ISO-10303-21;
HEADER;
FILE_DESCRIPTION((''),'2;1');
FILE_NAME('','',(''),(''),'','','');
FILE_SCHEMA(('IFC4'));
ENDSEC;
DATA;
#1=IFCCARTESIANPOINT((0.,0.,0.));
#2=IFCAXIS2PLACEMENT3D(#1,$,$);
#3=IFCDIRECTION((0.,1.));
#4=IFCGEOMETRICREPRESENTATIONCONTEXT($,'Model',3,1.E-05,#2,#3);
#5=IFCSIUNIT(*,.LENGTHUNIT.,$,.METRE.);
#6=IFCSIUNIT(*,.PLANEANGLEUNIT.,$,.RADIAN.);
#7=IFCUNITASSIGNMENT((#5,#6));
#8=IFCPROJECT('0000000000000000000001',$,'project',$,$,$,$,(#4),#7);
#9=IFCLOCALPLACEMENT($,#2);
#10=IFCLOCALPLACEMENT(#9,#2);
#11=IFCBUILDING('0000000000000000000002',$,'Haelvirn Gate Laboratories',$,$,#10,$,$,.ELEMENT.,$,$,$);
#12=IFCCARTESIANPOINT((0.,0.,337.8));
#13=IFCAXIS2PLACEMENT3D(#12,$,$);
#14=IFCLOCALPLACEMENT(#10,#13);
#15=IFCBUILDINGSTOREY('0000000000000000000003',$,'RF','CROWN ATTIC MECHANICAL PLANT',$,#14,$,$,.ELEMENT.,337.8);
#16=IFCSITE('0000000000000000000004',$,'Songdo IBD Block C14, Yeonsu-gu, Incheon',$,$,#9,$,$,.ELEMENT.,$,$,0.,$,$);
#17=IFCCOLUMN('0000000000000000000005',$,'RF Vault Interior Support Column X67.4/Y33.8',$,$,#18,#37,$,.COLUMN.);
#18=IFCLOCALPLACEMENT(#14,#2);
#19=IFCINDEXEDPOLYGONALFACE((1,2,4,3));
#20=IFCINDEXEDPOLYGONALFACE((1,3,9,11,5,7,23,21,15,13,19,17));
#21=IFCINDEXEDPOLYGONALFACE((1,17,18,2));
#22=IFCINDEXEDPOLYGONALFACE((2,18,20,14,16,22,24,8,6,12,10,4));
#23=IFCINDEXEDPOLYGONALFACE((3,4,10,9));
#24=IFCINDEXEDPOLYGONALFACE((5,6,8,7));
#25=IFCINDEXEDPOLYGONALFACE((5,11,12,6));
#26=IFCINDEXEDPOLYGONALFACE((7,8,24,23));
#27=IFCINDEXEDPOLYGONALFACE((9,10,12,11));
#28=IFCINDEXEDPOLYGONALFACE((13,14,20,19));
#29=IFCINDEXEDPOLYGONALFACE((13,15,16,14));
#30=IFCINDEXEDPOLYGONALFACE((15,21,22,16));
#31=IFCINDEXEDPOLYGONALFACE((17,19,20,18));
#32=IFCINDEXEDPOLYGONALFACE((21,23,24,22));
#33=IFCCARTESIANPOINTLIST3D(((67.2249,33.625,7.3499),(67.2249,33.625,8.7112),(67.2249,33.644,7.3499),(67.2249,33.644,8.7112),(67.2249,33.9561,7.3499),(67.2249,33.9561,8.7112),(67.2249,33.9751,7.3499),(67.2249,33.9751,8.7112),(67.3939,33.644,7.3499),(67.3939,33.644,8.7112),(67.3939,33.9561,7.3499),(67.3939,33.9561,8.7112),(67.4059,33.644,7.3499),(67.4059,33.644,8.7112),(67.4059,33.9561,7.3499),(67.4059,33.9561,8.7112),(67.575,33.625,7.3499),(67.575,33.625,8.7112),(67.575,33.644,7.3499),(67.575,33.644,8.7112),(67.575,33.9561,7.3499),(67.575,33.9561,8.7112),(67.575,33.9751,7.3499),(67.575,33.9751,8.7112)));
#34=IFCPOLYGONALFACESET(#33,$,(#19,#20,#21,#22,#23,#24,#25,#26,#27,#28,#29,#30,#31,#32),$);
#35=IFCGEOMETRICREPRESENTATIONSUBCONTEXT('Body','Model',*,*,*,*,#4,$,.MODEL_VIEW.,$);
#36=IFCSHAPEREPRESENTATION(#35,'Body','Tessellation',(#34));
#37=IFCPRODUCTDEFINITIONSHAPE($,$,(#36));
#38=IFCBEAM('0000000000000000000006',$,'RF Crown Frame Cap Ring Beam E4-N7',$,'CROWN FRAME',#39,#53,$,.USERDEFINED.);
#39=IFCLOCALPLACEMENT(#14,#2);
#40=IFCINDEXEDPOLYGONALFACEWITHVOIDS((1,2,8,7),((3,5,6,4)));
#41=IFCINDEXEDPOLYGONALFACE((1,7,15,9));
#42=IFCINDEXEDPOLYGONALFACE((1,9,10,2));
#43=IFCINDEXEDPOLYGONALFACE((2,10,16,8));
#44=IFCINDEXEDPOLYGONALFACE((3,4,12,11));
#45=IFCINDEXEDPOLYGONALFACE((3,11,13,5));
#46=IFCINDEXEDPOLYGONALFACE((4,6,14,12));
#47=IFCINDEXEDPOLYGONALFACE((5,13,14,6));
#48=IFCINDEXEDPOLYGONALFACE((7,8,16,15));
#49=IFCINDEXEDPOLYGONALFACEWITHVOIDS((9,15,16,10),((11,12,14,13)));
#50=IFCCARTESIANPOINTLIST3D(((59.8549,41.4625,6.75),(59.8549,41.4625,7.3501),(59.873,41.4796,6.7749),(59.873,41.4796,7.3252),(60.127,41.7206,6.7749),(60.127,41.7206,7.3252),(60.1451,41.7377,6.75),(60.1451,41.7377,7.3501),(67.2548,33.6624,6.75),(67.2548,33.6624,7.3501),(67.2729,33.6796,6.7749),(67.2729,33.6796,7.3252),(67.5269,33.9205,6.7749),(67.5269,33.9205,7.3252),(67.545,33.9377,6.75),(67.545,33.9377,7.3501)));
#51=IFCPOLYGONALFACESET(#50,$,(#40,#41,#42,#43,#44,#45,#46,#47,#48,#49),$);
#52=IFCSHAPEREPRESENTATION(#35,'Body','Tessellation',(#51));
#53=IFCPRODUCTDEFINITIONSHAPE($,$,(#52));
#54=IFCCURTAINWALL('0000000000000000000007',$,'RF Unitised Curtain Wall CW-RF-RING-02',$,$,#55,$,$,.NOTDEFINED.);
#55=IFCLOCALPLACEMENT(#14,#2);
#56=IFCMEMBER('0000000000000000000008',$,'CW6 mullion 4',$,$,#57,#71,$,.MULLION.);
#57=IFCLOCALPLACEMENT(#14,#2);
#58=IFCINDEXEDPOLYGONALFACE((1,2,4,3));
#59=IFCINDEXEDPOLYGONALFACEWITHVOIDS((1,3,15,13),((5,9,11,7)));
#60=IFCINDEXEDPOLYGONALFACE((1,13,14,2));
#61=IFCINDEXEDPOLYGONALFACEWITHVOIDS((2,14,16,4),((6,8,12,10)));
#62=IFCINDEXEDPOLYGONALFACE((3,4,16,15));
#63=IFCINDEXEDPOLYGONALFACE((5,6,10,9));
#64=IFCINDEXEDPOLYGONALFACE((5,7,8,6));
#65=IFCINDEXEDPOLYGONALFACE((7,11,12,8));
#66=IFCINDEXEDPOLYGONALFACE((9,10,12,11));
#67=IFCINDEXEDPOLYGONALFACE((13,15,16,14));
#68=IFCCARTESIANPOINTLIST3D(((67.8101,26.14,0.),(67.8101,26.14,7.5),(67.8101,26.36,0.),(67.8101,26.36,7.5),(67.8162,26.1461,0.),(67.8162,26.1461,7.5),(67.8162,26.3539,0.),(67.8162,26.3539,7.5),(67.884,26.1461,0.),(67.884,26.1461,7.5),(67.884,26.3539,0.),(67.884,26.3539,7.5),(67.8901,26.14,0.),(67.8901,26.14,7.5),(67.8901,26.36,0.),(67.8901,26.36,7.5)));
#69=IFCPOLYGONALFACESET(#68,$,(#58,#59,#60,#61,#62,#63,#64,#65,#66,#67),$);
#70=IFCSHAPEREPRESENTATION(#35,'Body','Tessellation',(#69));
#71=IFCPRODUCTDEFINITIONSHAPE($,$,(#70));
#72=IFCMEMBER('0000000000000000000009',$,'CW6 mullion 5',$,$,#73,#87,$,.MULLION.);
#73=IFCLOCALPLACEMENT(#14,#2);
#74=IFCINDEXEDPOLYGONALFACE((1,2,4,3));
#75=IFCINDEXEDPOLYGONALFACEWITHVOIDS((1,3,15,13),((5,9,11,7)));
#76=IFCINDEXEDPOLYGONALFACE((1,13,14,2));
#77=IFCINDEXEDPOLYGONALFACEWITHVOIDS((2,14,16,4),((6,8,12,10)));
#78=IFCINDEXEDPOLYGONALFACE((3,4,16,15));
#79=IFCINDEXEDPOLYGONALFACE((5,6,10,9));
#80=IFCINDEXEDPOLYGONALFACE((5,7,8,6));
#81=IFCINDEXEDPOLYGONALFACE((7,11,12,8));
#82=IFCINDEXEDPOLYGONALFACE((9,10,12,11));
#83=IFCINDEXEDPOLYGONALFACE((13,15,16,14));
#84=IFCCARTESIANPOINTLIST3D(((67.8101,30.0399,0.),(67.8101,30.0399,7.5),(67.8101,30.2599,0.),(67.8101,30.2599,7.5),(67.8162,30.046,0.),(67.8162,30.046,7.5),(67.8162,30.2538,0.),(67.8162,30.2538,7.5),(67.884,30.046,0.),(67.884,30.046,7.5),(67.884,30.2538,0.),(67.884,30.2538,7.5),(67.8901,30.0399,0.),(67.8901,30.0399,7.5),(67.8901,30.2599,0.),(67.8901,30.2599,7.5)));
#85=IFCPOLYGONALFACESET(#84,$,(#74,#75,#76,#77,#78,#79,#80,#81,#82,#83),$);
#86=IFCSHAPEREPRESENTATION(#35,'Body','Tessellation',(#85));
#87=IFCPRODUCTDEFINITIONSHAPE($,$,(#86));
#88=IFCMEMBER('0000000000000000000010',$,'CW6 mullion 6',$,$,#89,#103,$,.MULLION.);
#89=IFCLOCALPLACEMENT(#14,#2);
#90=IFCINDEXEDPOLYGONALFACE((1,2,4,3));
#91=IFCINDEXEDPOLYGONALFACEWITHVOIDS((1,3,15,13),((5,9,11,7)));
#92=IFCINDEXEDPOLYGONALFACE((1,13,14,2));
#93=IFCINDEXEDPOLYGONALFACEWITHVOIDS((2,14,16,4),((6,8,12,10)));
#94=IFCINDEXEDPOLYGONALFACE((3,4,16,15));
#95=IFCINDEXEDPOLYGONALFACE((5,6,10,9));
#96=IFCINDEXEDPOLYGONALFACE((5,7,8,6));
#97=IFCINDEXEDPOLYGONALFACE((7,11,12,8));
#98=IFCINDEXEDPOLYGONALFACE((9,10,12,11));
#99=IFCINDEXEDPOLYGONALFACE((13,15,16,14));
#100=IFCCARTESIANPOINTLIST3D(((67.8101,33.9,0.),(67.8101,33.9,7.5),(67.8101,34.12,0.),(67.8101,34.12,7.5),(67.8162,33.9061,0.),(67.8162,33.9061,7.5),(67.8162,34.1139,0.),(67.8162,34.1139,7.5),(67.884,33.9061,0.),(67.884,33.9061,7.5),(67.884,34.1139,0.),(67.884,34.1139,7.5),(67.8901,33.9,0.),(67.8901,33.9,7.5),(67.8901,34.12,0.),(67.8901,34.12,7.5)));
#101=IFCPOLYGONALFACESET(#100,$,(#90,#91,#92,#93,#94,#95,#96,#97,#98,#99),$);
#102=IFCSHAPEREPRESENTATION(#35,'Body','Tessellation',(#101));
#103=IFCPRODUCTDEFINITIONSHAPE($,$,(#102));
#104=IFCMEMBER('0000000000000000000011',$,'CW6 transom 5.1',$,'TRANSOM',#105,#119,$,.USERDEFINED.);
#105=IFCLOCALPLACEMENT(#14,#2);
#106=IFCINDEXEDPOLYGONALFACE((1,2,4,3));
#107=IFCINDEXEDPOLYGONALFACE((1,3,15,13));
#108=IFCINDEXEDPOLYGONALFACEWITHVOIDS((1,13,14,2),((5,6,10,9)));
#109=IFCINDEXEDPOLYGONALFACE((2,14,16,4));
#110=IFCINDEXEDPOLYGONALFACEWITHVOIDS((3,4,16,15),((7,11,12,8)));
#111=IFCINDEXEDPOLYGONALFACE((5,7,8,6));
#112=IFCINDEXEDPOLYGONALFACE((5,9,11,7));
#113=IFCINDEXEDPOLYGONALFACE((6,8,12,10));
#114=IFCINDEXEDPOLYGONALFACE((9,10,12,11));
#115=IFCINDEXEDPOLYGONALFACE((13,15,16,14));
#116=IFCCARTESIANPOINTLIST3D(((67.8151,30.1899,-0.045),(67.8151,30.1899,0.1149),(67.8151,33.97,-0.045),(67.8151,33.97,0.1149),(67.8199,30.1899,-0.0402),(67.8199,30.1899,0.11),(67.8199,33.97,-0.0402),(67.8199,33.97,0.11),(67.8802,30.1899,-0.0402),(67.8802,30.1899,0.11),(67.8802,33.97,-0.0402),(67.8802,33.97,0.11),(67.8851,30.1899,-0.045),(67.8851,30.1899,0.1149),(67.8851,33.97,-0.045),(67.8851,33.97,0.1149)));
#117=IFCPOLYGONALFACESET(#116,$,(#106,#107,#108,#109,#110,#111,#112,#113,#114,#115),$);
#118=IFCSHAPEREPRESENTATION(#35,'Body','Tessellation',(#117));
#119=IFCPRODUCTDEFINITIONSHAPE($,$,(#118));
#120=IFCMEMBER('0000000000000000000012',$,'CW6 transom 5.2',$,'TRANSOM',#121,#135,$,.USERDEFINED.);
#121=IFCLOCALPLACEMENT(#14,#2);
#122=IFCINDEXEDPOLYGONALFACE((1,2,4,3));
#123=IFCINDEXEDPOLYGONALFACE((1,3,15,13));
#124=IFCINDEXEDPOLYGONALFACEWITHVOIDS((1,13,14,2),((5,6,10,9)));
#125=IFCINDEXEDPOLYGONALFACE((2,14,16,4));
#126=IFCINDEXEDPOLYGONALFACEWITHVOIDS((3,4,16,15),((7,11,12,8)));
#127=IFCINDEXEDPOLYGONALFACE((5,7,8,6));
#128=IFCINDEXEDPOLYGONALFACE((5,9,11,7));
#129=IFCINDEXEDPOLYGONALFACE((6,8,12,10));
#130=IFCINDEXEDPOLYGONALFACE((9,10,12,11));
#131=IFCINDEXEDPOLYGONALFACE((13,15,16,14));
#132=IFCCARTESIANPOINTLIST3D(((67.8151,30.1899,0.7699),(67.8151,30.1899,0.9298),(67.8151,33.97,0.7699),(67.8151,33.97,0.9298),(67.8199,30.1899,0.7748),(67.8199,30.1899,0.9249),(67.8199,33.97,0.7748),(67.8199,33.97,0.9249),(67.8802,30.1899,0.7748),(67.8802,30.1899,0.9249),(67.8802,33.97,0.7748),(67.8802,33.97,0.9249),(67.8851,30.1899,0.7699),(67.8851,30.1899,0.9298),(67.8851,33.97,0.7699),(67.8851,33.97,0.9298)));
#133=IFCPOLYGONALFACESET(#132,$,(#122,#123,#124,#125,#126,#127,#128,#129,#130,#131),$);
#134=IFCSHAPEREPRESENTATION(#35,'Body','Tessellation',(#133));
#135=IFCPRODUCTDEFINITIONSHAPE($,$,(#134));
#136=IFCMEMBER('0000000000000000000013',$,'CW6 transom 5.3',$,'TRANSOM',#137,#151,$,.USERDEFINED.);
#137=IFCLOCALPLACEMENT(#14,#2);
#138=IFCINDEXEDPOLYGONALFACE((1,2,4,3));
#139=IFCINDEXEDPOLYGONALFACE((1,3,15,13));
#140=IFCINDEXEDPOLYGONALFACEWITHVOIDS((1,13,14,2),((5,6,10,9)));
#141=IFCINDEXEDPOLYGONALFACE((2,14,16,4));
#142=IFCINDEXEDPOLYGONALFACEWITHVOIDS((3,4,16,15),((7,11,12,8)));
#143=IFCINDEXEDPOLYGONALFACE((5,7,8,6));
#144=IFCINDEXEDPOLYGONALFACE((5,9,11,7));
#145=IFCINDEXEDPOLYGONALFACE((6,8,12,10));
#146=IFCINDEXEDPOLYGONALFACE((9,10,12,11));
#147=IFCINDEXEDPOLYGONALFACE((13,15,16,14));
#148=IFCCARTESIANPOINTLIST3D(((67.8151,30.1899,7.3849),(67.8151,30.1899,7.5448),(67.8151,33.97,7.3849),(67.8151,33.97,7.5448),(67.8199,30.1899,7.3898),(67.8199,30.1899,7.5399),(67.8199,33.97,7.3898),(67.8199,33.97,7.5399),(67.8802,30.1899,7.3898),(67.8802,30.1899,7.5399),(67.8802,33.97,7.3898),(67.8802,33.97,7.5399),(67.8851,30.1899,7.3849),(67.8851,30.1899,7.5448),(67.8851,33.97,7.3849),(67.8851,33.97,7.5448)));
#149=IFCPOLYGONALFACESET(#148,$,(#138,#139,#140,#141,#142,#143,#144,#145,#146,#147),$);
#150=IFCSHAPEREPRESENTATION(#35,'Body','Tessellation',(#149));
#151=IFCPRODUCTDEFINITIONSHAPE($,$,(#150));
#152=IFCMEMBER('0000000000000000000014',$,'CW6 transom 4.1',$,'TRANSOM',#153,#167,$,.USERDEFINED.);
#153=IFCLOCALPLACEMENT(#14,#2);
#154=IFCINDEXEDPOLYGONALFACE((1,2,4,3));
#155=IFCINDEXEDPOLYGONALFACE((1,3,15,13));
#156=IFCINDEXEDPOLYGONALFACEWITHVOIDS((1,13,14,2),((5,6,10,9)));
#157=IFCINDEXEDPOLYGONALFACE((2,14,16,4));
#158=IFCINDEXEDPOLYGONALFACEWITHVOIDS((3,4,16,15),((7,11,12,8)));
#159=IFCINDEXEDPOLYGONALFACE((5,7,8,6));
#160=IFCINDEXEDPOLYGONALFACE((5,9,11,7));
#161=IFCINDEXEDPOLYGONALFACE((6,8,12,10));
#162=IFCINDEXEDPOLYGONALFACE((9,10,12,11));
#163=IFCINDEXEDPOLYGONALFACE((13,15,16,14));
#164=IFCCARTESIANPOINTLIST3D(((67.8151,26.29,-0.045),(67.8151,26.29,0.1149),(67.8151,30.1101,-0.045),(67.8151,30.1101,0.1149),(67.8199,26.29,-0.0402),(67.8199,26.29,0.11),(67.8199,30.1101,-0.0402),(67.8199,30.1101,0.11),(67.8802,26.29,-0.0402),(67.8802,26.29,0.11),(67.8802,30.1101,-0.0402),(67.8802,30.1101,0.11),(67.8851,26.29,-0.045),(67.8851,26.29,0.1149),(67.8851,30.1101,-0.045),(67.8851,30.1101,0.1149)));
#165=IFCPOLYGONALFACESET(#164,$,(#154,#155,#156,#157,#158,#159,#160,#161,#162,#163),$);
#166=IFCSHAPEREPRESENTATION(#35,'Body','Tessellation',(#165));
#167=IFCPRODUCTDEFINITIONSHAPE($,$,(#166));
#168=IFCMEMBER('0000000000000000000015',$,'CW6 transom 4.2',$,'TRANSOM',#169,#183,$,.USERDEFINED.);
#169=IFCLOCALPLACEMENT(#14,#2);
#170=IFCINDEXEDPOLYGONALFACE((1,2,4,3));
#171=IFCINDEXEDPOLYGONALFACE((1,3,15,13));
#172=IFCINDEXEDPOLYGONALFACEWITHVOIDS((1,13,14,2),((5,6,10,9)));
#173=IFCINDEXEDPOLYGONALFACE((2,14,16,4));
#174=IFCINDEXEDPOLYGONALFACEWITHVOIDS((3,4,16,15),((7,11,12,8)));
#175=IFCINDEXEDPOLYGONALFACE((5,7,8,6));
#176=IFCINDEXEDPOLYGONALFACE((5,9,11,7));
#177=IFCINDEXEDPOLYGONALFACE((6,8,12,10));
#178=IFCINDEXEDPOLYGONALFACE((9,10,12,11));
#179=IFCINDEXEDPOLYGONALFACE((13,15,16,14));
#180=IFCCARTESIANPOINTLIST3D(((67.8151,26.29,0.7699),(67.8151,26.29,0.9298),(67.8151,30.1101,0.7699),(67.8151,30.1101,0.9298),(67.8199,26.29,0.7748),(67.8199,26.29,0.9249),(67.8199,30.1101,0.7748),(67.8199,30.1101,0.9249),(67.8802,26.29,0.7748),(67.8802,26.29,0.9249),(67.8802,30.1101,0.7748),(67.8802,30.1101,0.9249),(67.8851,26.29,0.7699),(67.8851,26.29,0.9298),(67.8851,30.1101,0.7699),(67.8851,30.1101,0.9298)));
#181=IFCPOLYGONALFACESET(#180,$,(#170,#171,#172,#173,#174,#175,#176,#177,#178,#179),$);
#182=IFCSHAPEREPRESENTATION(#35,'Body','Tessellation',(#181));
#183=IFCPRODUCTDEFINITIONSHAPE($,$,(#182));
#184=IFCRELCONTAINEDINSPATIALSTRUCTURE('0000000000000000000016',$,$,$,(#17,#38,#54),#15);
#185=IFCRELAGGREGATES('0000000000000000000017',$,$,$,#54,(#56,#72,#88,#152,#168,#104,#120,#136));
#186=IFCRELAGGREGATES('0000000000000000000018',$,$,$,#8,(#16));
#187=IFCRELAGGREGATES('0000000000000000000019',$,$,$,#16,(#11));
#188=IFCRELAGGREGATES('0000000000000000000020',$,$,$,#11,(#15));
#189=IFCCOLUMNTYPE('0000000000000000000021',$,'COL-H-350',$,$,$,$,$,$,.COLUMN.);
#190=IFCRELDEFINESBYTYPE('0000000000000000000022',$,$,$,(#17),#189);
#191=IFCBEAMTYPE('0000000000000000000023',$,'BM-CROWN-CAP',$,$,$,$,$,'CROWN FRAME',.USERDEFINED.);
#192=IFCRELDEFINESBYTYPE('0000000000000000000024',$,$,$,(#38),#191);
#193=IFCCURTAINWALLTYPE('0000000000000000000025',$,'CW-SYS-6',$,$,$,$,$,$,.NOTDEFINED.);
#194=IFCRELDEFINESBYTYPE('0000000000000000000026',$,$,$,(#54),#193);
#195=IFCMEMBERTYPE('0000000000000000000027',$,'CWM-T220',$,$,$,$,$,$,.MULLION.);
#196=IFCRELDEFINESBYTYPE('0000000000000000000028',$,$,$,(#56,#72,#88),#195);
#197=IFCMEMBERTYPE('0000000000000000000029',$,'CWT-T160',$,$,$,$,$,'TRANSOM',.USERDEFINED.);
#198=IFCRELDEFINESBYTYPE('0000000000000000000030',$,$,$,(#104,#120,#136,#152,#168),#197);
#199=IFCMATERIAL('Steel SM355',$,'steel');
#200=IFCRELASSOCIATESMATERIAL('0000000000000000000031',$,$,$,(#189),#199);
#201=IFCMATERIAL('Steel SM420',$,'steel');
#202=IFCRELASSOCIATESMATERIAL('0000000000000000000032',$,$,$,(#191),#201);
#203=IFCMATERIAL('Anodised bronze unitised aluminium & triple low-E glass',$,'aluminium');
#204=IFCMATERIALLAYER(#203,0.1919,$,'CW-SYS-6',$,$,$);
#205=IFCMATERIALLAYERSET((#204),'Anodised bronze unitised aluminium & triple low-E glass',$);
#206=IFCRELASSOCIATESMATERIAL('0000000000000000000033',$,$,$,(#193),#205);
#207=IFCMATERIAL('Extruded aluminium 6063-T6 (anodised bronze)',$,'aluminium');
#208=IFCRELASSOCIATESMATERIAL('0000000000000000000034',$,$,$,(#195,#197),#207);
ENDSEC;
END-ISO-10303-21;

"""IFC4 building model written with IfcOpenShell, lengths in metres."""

from ifc_helpers import new_model, si_unit, direction, frame, origin, origin_2d, place, context, subcontext, project, spatial, hollow_rectangle, i_section, extrude, source, transform, mapped, material, layer, layer_set, material_profile, profile_set, type_object, type_shapes, element, aggregate, save


model = new_model("IFC4")

# Units and contexts
model_context = context("Model", 3, precision=1e-05, world=origin(), true_north=direction((0.0, 1.0)))
body_context = subcontext(model_context, "Body", "Model", "MODEL_VIEW")
ifc_project = project(units=[si_unit("LENGTHUNIT", "METRE"), si_unit("PLANEANGLEUNIT", "RADIAN")], contexts=[model_context])

# Site, building, storey
site_placement = place(None, origin())
site = spatial("IfcSite", under=ifc_project, at=site_placement, Name="Songdo IBD Block C14, Yeonsu-gu, Incheon", CompositionType="ELEMENT", RefElevation=0.0)
building_placement = place(site_placement, origin())
building = spatial("IfcBuilding", under=site, at=building_placement, Name="Haelvirn Gate Laboratories", CompositionType="ELEMENT")
storey_placement = place(building_placement, frame((0.0, 0.0, 337.8)))
storey = spatial("IfcBuildingStorey", under=building, at=storey_placement, Name="RF", Description="CROWN ATTIC MECHANICAL PLANT", CompositionType="ELEMENT", Elevation=337.8)

# Column
ifc_material_1 = material(Name="Steel SM355", Category="steel")
ifc_material_profile_1 = material_profile(ifc_material_1, i_section(OverallWidth=0.3501, OverallDepth=0.3501, WebThickness=0.012, FlangeThickness=0.019, at=origin_2d()), Name="H-350x350x12x19")
ifc_profile_set_1 = profile_set([ifc_material_profile_1], Name="Steel SM355")
column_type = type_object("IfcColumnType", Name="COL-H-350", PredefinedType="COLUMN", material=ifc_profile_set_1)
shared_shape_1 = source(origin(), body_context, "Body", "SweptSolid", [
    extrude(i_section(OverallWidth=0.3501, OverallDepth=0.3501, WebThickness=0.012, FlangeThickness=0.019, at=origin_2d()), origin(), (0.0, 0.0, 1.0), 1.3613),
])
type_shapes(column_type, [shared_shape_1])
column_placement = place(storey_placement, frame((67.3999, 33.8, 7.3499), z_axis=(0.0, 0.0, 1.0), x_axis=(1.0, 0.0, 0.0)))
element("IfcColumn", 1, at=column_placement, inside=storey, type_object=column_type, Name="RF Vault Interior Support Column X67.4/Y33.8", PredefinedType="COLUMN", context=body_context, shape_type="MappedRepresentation", body=[
    mapped(shared_shape_1, transform((0.0, 0.0, 0.0), scale=1.0)),
])

# Beam
ifc_material_2 = material(Name="Steel SM420", Category="steel")
ifc_material_profile_2 = material_profile(ifc_material_2, hollow_rectangle(XDim=0.3999, YDim=0.6001, WallThickness=0.0249, at=origin_2d()), Name="BOX-600x400x25")
ifc_profile_set_2 = profile_set([ifc_material_profile_2], Name="Steel SM420")
beam_type = type_object("IfcBeamType", Name="BM-CROWN-CAP", ElementType="CROWN FRAME", PredefinedType="USERDEFINED", material=ifc_profile_set_2)
shared_shape_2 = source(origin(), body_context, "Body", "SweptSolid", [
    extrude(hollow_rectangle(XDim=0.3999, YDim=0.6001, WallThickness=0.0249, at=origin_2d()), origin(), (0.0, 0.0, 1.0), 10.7517),
])
type_shapes(beam_type, [shared_shape_2])
beam_placement = place(storey_placement, frame((67.3999, 33.8, 7.05), z_axis=(-0.688253, 0.72547, 0.0), x_axis=(-0.72547, -0.688253, 0.0)))
element("IfcBeam", 2, at=beam_placement, inside=storey, type_object=beam_type, Name="RF Crown Frame Cap Ring Beam E4-N7", ObjectType="CROWN FRAME", PredefinedType="USERDEFINED", context=body_context, shape_type="MappedRepresentation", body=[
    mapped(shared_shape_2, transform((0.0, 0.0, 0.0), scale=1.0)),
])

# Curtain wall, members
ifc_material_3 = material(Name="Anodised bronze unitised aluminium & triple low-E glass", Category="aluminium")
ifc_layer_1 = layer(ifc_material_3, 0.1919, Name="CW-SYS-6")
ifc_layer_set_1 = layer_set([ifc_layer_1], Name="Anodised bronze unitised aluminium & triple low-E glass")
curtain_wall_type = type_object("IfcCurtainWallType", Name="CW-SYS-6", PredefinedType="NOTDEFINED", material=ifc_layer_set_1)
curtain_wall_placement = place(storey_placement, origin())
curtain_wall = element("IfcCurtainWall", 3, at=curtain_wall_placement, inside=storey, type_object=curtain_wall_type, Name="RF Unitised Curtain Wall CW-RF-RING-02", PredefinedType="NOTDEFINED")
ifc_material_4 = material(Name="Extruded aluminium 6063-T6 (anodised bronze)", Category="aluminium")
ifc_material_profile_3 = material_profile(ifc_material_4, hollow_rectangle(XDim=0.0801, YDim=0.22, WallThickness=0.0061, at=origin_2d()), Name="CWM-220x80x6")
ifc_profile_set_3 = profile_set([ifc_material_profile_3], Name="Extruded aluminium 6063-T6 (anodised bronze)")
member_type_1 = type_object("IfcMemberType", Name="CWM-T220", PredefinedType="MULLION", material=ifc_profile_set_3)
shared_shape_3 = source(origin(), body_context, "Body", "SweptSolid", [
    extrude(hollow_rectangle(XDim=0.0801, YDim=0.22, WallThickness=0.0061, at=origin_2d()), origin(), (0.0, 0.0, 1.0), 7.5),
])
type_shapes(member_type_1, [shared_shape_3])
member_1_placement = place(storey_placement, frame((67.8501, 26.25, 0.0), z_axis=(0.0, 0.0, 1.0), x_axis=(-1.0, 0.0, 0.0)))
member_1 = element("IfcMember", 4, at=member_1_placement, type_object=member_type_1, Name="CW6 mullion 4", PredefinedType="MULLION", context=body_context, shape_type="MappedRepresentation", body=[
    mapped(shared_shape_3, transform((0.0, 0.0, 0.0), scale=1.0)),
])
member_2_placement = place(storey_placement, frame((67.8501, 30.1499, 0.0), z_axis=(0.0, 0.0, 1.0), x_axis=(-1.0, 0.0, 0.0)))
member_2 = element("IfcMember", 5, at=member_2_placement, type_object=member_type_1, Name="CW6 mullion 5", PredefinedType="MULLION", context=body_context, shape_type="MappedRepresentation", body=[
    mapped(shared_shape_3, transform((0.0, 0.0, 0.0), scale=1.0)),
])
member_3_placement = place(storey_placement, frame((67.8501, 34.01, 0.0), z_axis=(0.0, 0.0, 1.0), x_axis=(-1.0, 0.0, 0.0)))
member_3 = element("IfcMember", 6, at=member_3_placement, type_object=member_type_1, Name="CW6 mullion 6", PredefinedType="MULLION", context=body_context, shape_type="MappedRepresentation", body=[
    mapped(shared_shape_3, transform((0.0, 0.0, 0.0), scale=1.0)),
])
ifc_material_profile_4 = material_profile(ifc_material_4, hollow_rectangle(XDim=0.0701, YDim=0.1599, WallThickness=0.0049, at=origin_2d()), Name="CWT-160x70x5")
ifc_profile_set_4 = profile_set([ifc_material_profile_4], Name="Extruded aluminium 6063-T6 (anodised bronze)")
member_type_2 = type_object("IfcMemberType", Name="CWT-T160", ElementType="TRANSOM", PredefinedType="USERDEFINED", material=ifc_profile_set_4)
shared_shape_4 = source(origin(), body_context, "Body", "SweptSolid", [
    extrude(hollow_rectangle(XDim=0.0701, YDim=0.1599, WallThickness=0.0049, at=origin_2d()), origin(), (0.0, 0.0, 1.0), 3.78),
])
member_4_placement = place(storey_placement, frame((67.8501, 30.1899, 0.0349), z_axis=(0.0, 1.0, 0.0), x_axis=(-1.0, 0.0, 0.0)))
member_4 = element("IfcMember", 7, at=member_4_placement, type_object=member_type_2, Name="CW6 transom 5.1", ObjectType="TRANSOM", PredefinedType="USERDEFINED", context=body_context, shape_type="MappedRepresentation", body=[
    mapped(shared_shape_4, transform((0.0, 0.0, 0.0), scale=1.0)),
])
member_5_placement = place(storey_placement, frame((67.8501, 30.1899, 0.8499), z_axis=(0.0, 1.0, 0.0), x_axis=(-1.0, 0.0, 0.0)))
member_5 = element("IfcMember", 8, at=member_5_placement, type_object=member_type_2, Name="CW6 transom 5.2", ObjectType="TRANSOM", PredefinedType="USERDEFINED", context=body_context, shape_type="MappedRepresentation", body=[
    mapped(shared_shape_4, transform((0.0, 0.0, 0.0), scale=1.0)),
])
member_6_placement = place(storey_placement, frame((67.8501, 30.1899, 7.4648), z_axis=(0.0, 1.0, 0.0), x_axis=(-1.0, 0.0, 0.0)))
member_6 = element("IfcMember", 9, at=member_6_placement, type_object=member_type_2, Name="CW6 transom 5.3", ObjectType="TRANSOM", PredefinedType="USERDEFINED", context=body_context, shape_type="MappedRepresentation", body=[
    mapped(shared_shape_4, transform((0.0, 0.0, 0.0), scale=1.0)),
])
shared_shape_5 = source(origin(), body_context, "Body", "SweptSolid", [
    extrude(hollow_rectangle(XDim=0.0701, YDim=0.1599, WallThickness=0.0049, at=origin_2d()), origin(), (0.0, 0.0, 1.0), 3.8201),
])
type_shapes(member_type_2, [shared_shape_4, shared_shape_5])
member_7_placement = place(storey_placement, frame((67.8501, 26.29, 0.0349), z_axis=(0.0, 1.0, 0.0), x_axis=(-1.0, 0.0, 0.0)))
member_7 = element("IfcMember", 10, at=member_7_placement, type_object=member_type_2, Name="CW6 transom 4.1", ObjectType="TRANSOM", PredefinedType="USERDEFINED", context=body_context, shape_type="MappedRepresentation", body=[
    mapped(shared_shape_5, transform((0.0, 0.0, 0.0), scale=1.0)),
])
member_8_placement = place(storey_placement, frame((67.8501, 26.29, 0.8499), z_axis=(0.0, 1.0, 0.0), x_axis=(-1.0, 0.0, 0.0)))
member_8 = element("IfcMember", 11, at=member_8_placement, type_object=member_type_2, Name="CW6 transom 4.2", ObjectType="TRANSOM", PredefinedType="USERDEFINED", context=body_context, shape_type="MappedRepresentation", body=[
    mapped(shared_shape_5, transform((0.0, 0.0, 0.0), scale=1.0)),
])

aggregate(curtain_wall, [member_1, member_2, member_3, member_7, member_8, member_4, member_5, member_6])

save(model, "model.ifc")
